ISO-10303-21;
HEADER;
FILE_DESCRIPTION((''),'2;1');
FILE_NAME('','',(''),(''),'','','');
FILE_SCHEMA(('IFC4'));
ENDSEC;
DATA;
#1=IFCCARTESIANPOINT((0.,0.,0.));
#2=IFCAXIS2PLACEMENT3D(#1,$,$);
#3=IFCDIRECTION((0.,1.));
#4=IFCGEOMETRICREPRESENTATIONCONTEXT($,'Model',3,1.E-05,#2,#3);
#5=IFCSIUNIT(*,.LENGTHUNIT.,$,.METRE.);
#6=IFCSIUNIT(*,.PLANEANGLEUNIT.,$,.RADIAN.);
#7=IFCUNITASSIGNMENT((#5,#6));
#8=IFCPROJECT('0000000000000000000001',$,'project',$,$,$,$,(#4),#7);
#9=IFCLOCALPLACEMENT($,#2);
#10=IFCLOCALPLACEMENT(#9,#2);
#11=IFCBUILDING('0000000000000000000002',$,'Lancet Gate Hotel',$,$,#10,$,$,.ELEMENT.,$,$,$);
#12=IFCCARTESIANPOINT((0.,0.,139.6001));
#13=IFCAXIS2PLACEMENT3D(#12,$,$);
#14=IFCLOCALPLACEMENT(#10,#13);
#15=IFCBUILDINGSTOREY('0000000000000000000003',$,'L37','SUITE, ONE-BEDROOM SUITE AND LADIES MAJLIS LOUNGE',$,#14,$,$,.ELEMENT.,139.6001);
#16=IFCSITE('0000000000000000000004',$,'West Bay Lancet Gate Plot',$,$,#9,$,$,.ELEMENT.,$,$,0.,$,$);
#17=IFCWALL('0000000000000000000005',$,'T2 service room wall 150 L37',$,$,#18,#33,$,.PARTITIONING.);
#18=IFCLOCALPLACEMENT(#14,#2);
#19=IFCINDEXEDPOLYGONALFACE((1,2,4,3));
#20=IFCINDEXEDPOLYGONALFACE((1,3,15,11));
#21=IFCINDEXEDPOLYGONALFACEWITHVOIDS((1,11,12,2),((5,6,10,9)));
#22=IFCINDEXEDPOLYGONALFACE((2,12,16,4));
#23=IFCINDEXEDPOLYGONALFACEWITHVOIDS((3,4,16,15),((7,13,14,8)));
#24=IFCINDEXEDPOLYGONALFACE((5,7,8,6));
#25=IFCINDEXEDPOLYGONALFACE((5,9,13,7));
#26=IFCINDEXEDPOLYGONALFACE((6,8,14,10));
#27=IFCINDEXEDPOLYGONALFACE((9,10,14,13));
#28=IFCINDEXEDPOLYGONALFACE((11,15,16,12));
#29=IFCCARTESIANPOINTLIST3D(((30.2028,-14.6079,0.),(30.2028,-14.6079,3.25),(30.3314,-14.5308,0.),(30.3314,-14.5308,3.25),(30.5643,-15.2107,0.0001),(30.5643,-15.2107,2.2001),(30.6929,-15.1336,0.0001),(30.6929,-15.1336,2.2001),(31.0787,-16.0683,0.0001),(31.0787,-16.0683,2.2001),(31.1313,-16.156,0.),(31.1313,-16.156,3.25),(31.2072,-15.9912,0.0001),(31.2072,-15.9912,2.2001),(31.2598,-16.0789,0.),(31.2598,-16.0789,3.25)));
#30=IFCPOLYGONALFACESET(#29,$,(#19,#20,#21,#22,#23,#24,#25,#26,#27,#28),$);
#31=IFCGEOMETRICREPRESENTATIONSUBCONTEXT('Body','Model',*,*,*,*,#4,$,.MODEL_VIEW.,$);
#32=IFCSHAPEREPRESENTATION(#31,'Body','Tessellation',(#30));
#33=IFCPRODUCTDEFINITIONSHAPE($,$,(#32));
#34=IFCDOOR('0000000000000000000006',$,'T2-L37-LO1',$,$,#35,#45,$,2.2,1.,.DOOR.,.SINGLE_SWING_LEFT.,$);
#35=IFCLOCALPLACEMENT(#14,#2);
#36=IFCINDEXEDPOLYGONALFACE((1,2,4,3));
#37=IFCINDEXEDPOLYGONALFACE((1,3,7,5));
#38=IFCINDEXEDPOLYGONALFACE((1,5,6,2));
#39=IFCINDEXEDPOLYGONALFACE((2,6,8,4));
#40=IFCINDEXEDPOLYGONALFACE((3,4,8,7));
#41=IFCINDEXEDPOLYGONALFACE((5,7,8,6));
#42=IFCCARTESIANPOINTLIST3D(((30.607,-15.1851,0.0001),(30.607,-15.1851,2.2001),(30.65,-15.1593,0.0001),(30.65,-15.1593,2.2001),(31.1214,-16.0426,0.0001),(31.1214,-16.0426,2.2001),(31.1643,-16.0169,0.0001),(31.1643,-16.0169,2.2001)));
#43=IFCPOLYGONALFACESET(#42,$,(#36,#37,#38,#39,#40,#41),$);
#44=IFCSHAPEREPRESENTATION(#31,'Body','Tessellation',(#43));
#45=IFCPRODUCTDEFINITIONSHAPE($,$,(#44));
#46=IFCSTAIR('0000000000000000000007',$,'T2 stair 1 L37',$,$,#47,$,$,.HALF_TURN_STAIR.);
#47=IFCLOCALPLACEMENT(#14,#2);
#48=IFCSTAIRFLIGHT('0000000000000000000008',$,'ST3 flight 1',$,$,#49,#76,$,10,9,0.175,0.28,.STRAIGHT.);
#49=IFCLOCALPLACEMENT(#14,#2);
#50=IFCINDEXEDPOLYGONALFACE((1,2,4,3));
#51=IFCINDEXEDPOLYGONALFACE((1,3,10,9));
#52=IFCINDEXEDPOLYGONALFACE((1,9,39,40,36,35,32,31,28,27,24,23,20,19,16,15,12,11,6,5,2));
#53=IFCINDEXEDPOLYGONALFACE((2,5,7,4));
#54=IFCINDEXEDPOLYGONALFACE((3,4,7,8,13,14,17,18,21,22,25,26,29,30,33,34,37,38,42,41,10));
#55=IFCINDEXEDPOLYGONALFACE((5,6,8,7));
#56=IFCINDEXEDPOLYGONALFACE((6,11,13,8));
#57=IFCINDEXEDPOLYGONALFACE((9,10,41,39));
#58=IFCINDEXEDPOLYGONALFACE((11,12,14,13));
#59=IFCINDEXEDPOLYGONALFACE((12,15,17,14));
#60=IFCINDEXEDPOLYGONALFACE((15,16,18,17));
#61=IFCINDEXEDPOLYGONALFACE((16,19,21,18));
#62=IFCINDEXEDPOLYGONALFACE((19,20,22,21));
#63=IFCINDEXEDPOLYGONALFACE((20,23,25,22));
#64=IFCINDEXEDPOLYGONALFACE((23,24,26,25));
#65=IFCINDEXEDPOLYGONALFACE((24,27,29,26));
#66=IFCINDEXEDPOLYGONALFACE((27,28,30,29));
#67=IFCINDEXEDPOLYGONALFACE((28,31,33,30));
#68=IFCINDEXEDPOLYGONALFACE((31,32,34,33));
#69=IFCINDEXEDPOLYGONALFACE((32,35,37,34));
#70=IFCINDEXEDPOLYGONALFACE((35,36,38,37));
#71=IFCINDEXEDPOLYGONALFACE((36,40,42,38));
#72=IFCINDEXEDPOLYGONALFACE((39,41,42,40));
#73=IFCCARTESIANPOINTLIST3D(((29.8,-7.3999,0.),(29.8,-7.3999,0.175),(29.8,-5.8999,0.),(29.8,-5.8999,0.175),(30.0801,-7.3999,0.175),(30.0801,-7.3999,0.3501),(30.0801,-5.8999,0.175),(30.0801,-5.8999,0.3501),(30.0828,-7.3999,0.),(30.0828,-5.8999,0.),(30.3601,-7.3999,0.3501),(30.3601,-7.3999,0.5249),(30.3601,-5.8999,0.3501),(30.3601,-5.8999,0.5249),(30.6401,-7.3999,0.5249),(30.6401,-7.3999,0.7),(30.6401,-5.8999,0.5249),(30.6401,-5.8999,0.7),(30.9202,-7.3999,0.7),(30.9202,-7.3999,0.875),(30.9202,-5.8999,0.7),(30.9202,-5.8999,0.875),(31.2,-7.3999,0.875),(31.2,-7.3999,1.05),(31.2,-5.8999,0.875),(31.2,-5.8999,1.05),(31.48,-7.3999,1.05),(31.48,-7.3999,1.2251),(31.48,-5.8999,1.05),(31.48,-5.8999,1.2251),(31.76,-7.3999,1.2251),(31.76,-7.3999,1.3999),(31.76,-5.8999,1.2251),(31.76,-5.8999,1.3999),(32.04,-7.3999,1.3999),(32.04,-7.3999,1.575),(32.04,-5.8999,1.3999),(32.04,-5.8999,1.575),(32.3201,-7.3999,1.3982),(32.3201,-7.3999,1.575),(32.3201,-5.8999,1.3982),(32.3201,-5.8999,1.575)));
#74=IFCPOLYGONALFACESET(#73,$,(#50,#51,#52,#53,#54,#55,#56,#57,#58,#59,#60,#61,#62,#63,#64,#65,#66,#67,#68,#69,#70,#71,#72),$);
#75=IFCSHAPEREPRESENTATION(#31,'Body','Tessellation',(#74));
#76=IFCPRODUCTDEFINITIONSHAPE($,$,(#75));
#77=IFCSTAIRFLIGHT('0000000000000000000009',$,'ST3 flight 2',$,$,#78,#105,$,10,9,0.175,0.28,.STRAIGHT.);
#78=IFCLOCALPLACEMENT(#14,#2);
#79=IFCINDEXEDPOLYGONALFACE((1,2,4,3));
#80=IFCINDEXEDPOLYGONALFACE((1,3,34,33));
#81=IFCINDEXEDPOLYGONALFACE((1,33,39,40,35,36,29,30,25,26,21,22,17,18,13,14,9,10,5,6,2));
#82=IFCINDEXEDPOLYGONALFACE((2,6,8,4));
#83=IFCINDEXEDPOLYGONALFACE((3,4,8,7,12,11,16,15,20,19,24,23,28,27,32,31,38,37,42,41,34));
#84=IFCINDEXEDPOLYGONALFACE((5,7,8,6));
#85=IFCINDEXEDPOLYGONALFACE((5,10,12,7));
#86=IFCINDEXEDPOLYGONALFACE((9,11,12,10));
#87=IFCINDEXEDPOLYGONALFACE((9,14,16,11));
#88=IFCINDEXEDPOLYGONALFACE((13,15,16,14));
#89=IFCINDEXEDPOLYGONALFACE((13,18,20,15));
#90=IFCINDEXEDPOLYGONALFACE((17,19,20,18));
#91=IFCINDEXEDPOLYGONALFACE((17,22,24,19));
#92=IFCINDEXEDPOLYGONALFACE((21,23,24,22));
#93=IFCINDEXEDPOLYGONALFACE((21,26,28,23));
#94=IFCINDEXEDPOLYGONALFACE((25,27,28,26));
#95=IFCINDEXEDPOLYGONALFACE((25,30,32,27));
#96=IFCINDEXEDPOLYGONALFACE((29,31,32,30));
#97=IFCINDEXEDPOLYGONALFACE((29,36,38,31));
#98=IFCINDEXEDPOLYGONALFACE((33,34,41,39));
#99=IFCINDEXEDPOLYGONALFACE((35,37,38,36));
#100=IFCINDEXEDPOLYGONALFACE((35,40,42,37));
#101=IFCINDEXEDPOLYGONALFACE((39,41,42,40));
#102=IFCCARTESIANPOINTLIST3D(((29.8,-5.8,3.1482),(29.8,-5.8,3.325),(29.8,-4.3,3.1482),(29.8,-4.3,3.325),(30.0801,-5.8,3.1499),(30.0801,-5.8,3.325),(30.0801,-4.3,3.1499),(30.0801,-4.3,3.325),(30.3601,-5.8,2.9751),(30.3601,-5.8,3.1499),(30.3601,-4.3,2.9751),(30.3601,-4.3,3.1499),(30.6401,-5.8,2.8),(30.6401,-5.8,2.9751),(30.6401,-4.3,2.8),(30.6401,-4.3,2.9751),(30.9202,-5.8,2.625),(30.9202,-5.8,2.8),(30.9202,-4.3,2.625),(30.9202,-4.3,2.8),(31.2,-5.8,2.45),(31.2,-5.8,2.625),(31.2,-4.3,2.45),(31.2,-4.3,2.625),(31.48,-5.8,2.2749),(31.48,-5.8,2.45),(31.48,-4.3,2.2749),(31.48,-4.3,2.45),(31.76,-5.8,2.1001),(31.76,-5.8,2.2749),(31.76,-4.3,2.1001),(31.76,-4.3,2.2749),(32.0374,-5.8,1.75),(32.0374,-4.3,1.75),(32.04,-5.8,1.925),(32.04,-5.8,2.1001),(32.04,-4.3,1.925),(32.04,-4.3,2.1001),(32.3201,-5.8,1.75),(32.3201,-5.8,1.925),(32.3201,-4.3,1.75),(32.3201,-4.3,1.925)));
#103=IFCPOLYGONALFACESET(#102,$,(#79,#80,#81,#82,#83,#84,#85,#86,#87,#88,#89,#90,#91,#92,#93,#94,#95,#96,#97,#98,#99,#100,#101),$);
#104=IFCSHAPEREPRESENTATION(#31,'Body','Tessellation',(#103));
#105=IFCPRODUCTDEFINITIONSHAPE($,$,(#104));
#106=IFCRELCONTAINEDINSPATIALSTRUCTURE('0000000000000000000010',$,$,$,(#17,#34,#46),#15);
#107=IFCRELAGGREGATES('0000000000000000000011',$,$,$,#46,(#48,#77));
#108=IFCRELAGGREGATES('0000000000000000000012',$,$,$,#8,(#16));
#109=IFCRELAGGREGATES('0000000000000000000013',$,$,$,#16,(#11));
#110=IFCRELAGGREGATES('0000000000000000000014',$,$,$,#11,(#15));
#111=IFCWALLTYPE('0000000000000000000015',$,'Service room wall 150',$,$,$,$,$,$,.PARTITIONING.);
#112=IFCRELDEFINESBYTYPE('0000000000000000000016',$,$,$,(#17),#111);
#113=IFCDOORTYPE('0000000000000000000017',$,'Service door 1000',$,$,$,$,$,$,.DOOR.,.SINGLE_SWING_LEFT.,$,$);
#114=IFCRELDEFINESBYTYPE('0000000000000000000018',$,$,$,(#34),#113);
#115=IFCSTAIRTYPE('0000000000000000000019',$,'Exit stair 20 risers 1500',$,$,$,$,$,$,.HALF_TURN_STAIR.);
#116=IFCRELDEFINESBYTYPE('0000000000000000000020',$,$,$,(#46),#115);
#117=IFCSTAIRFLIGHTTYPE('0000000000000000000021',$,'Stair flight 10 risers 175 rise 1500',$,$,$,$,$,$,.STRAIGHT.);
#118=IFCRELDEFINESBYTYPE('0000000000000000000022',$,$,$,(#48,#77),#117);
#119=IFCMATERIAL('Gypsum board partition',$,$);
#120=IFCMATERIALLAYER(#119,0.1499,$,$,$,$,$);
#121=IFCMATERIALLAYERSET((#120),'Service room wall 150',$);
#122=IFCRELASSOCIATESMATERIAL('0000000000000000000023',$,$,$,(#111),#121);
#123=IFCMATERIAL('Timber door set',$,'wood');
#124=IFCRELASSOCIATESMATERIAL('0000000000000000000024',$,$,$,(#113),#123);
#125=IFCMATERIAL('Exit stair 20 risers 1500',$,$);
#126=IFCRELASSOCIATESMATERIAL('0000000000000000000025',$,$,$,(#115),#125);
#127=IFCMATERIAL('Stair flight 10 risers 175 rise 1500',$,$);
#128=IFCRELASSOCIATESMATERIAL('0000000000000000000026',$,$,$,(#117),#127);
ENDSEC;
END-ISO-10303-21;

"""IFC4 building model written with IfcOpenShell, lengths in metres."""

from ifc_helpers import new_model, si_unit, direction, frame, frame_2d, origin, place, context, subcontext, project, spatial, polyline, rectangle, outline, extrude, material, layer, layer_set, type_object, element, fill, aggregate, save


model = new_model("IFC4")

# Units and contexts
model_context = context("Model", 3, precision=1e-05, world=origin(), true_north=direction((0.0, 1.0)))
body_context = subcontext(model_context, "Body", "Model", "MODEL_VIEW")
ifc_project = project(units=[si_unit("LENGTHUNIT", "METRE"), si_unit("PLANEANGLEUNIT", "RADIAN")], contexts=[model_context])

# Site, building, storey
site_placement = place(None, origin())
site = spatial("IfcSite", under=ifc_project, at=site_placement, Name="West Bay Lancet Gate Plot", CompositionType="ELEMENT", RefElevation=0.0)
building_placement = place(site_placement, origin())
building = spatial("IfcBuilding", under=site, at=building_placement, Name="Lancet Gate Hotel", CompositionType="ELEMENT")
storey_placement = place(building_placement, frame((0.0, 0.0, 139.6001)))
storey = spatial("IfcBuildingStorey", under=building, at=storey_placement, Name="L37", Description="SUITE, ONE-BEDROOM SUITE AND LADIES MAJLIS LOUNGE", CompositionType="ELEMENT", Elevation=139.6001)

# Wall, opening, door
ifc_material_1 = material(Name="Gypsum board partition")
ifc_layer_1 = layer(ifc_material_1, 0.1499)
ifc_layer_set_1 = layer_set([ifc_layer_1], Name="Service room wall 150")
wall_type_1 = type_object("IfcWallType", Name="Service room wall 150", PredefinedType="PARTITIONING", material=ifc_layer_set_1)
wall_1_placement = place(storey_placement, frame((30.2671, -14.5693, 0.0), z_axis=(0.0, 0.0, 1.0), x_axis=(0.514337, -0.857588, 0.0)))
wall_1 = element("IfcWall", 1, at=wall_1_placement, inside=storey, type_object=wall_type_1, Name="T2 service room wall 150 L37", PredefinedType="PARTITIONING", context=body_context, shape_type="SweptSolid", body=[
    extrude(rectangle(XDim=1.8052, YDim=0.1499, at=frame_2d((0.9026, 0.0))), origin(), (0.0, 0.0, 1.0), 3.25),
])
opening_1_placement = place(wall_1_placement, frame((0.7029, 0.0, 0.0)))
opening_1 = element("IfcOpeningElement", 2, at=opening_1_placement, cuts=wall_1, PredefinedType="OPENING", context=body_context, shape_type="SweptSolid", body=[
    extrude(rectangle(XDim=1.0, YDim=2.2, at=frame_2d((0.5, 1.1001))), frame((0.0, 0.085, 0.0), z_axis=(0.0, -1.0, 0.0), x_axis=(1.0, 0.0, 0.0)), (0.0, 0.0, 1.0), 0.1699),
])
ifc_material_2 = material(Name="Timber door set", Category="wood")
door_type_1 = type_object("IfcDoorType", Name="Service door 1000", OperationType="SINGLE_SWING_LEFT", PredefinedType="DOOR", material=ifc_material_2)
door_1_placement = place(opening_1_placement, origin())
door_1 = element("IfcDoor", 3, at=door_1_placement, inside=storey, type_object=door_type_1, Name="T2-L37-LO1", OperationType="SINGLE_SWING_LEFT", OverallHeight=2.2, OverallWidth=1.0, PredefinedType="DOOR", context=body_context, shape_type="SweptSolid", body=[
    extrude(rectangle(XDim=1.0, YDim=2.2, at=frame_2d((0.5, 1.1001))), frame((0.0, 0.0249, 0.0), z_axis=(0.0, -1.0, 0.0), x_axis=(1.0, 0.0, 0.0)), (0.0, 0.0, 1.0), 0.05),
])
fill(opening_1, door_1)

# Stair, stair flights
ifc_material_3 = material(Name="Exit stair 20 risers 1500")
stair_type = type_object("IfcStairType", Name="Exit stair 20 risers 1500", PredefinedType="HALF_TURN_STAIR", material=ifc_material_3)
stair_placement = place(storey_placement, origin())
stair = element("IfcStair", 4, at=stair_placement, inside=storey, type_object=stair_type, Name="T2 stair 1 L37", PredefinedType="HALF_TURN_STAIR")
ifc_material_4 = material(Name="Stair flight 10 risers 175 rise 1500")
stair_flight_type = type_object("IfcStairFlightType", Name="Stair flight 10 risers 175 rise 1500", PredefinedType="STRAIGHT", material=ifc_material_4)
stair_flight_1_placement = place(storey_placement, frame((29.8, -6.6499, 0.0), z_axis=(0.0, 0.0, 1.0), x_axis=(1.0, 0.0, 0.0)))
stair_flight_1 = element("IfcStairFlight", 5, at=stair_flight_1_placement, type_object=stair_flight_type, Name="ST3 flight 1", NumberOfRisers=10, NumberOfTreads=9, PredefinedType="STRAIGHT", RiserHeight=0.175, TreadLength=0.28, context=body_context, shape_type="SweptSolid", body=[
    extrude(outline(polyline([(0.0, 0.0), (0.0, 0.175), (0.28, 0.175), (0.28, 0.3501), (0.5601, 0.3501), (0.5601, 0.5249), (0.8401, 0.5249), (0.8401, 0.7), (1.1201, 0.7), (1.1201, 0.875), (1.3999, 0.875), (1.3999, 1.05), (1.6799, 1.05), (1.6799, 1.2251), (1.96, 1.2251), (1.96, 1.3999), (2.24, 1.3999), (2.24, 1.575), (2.52, 1.575), (2.52, 1.75), (2.52, 1.3982), (0.2827, 0.0), (0.0, 0.0)])), frame((0.0, 0.75, 0.0), z_axis=(0.0, -1.0, 0.0), x_axis=(1.0, 0.0, 0.0)), (0.0, 0.0, 1.0), 1.5),
])
stair_flight_2_placement = place(storey_placement, frame((32.3201, -5.05, 1.75), z_axis=(0.0, 0.0, 1.0), x_axis=(-1.0, 0.0, 0.0)))
stair_flight_2 = element("IfcStairFlight", 6, at=stair_flight_2_placement, type_object=stair_flight_type, Name="ST3 flight 2", NumberOfRisers=10, NumberOfTreads=9, PredefinedType="STRAIGHT", RiserHeight=0.175, TreadLength=0.28, context=body_context, shape_type="SweptSolid", body=[
    extrude(outline(polyline([(0.0, 0.0), (0.0, 0.175), (0.28, 0.175), (0.28, 0.3501), (0.5601, 0.3501), (0.5601, 0.5249), (0.8401, 0.5249), (0.8401, 0.7), (1.1201, 0.7), (1.1201, 0.875), (1.3999, 0.875), (1.3999, 1.05), (1.6799, 1.05), (1.6799, 1.2251), (1.96, 1.2251), (1.96, 1.3999), (2.24, 1.3999), (2.24, 1.575), (2.52, 1.575), (2.52, 1.75), (2.52, 1.3982), (0.2827, 0.0), (0.0, 0.0)])), frame((0.0, 0.75, 0.0), z_axis=(0.0, -1.0, 0.0), x_axis=(1.0, 0.0, 0.0)), (0.0, 0.0, 1.0), 1.5),
])
aggregate(stair, [stair_flight_1, stair_flight_2])

save(model, "model.ifc")
